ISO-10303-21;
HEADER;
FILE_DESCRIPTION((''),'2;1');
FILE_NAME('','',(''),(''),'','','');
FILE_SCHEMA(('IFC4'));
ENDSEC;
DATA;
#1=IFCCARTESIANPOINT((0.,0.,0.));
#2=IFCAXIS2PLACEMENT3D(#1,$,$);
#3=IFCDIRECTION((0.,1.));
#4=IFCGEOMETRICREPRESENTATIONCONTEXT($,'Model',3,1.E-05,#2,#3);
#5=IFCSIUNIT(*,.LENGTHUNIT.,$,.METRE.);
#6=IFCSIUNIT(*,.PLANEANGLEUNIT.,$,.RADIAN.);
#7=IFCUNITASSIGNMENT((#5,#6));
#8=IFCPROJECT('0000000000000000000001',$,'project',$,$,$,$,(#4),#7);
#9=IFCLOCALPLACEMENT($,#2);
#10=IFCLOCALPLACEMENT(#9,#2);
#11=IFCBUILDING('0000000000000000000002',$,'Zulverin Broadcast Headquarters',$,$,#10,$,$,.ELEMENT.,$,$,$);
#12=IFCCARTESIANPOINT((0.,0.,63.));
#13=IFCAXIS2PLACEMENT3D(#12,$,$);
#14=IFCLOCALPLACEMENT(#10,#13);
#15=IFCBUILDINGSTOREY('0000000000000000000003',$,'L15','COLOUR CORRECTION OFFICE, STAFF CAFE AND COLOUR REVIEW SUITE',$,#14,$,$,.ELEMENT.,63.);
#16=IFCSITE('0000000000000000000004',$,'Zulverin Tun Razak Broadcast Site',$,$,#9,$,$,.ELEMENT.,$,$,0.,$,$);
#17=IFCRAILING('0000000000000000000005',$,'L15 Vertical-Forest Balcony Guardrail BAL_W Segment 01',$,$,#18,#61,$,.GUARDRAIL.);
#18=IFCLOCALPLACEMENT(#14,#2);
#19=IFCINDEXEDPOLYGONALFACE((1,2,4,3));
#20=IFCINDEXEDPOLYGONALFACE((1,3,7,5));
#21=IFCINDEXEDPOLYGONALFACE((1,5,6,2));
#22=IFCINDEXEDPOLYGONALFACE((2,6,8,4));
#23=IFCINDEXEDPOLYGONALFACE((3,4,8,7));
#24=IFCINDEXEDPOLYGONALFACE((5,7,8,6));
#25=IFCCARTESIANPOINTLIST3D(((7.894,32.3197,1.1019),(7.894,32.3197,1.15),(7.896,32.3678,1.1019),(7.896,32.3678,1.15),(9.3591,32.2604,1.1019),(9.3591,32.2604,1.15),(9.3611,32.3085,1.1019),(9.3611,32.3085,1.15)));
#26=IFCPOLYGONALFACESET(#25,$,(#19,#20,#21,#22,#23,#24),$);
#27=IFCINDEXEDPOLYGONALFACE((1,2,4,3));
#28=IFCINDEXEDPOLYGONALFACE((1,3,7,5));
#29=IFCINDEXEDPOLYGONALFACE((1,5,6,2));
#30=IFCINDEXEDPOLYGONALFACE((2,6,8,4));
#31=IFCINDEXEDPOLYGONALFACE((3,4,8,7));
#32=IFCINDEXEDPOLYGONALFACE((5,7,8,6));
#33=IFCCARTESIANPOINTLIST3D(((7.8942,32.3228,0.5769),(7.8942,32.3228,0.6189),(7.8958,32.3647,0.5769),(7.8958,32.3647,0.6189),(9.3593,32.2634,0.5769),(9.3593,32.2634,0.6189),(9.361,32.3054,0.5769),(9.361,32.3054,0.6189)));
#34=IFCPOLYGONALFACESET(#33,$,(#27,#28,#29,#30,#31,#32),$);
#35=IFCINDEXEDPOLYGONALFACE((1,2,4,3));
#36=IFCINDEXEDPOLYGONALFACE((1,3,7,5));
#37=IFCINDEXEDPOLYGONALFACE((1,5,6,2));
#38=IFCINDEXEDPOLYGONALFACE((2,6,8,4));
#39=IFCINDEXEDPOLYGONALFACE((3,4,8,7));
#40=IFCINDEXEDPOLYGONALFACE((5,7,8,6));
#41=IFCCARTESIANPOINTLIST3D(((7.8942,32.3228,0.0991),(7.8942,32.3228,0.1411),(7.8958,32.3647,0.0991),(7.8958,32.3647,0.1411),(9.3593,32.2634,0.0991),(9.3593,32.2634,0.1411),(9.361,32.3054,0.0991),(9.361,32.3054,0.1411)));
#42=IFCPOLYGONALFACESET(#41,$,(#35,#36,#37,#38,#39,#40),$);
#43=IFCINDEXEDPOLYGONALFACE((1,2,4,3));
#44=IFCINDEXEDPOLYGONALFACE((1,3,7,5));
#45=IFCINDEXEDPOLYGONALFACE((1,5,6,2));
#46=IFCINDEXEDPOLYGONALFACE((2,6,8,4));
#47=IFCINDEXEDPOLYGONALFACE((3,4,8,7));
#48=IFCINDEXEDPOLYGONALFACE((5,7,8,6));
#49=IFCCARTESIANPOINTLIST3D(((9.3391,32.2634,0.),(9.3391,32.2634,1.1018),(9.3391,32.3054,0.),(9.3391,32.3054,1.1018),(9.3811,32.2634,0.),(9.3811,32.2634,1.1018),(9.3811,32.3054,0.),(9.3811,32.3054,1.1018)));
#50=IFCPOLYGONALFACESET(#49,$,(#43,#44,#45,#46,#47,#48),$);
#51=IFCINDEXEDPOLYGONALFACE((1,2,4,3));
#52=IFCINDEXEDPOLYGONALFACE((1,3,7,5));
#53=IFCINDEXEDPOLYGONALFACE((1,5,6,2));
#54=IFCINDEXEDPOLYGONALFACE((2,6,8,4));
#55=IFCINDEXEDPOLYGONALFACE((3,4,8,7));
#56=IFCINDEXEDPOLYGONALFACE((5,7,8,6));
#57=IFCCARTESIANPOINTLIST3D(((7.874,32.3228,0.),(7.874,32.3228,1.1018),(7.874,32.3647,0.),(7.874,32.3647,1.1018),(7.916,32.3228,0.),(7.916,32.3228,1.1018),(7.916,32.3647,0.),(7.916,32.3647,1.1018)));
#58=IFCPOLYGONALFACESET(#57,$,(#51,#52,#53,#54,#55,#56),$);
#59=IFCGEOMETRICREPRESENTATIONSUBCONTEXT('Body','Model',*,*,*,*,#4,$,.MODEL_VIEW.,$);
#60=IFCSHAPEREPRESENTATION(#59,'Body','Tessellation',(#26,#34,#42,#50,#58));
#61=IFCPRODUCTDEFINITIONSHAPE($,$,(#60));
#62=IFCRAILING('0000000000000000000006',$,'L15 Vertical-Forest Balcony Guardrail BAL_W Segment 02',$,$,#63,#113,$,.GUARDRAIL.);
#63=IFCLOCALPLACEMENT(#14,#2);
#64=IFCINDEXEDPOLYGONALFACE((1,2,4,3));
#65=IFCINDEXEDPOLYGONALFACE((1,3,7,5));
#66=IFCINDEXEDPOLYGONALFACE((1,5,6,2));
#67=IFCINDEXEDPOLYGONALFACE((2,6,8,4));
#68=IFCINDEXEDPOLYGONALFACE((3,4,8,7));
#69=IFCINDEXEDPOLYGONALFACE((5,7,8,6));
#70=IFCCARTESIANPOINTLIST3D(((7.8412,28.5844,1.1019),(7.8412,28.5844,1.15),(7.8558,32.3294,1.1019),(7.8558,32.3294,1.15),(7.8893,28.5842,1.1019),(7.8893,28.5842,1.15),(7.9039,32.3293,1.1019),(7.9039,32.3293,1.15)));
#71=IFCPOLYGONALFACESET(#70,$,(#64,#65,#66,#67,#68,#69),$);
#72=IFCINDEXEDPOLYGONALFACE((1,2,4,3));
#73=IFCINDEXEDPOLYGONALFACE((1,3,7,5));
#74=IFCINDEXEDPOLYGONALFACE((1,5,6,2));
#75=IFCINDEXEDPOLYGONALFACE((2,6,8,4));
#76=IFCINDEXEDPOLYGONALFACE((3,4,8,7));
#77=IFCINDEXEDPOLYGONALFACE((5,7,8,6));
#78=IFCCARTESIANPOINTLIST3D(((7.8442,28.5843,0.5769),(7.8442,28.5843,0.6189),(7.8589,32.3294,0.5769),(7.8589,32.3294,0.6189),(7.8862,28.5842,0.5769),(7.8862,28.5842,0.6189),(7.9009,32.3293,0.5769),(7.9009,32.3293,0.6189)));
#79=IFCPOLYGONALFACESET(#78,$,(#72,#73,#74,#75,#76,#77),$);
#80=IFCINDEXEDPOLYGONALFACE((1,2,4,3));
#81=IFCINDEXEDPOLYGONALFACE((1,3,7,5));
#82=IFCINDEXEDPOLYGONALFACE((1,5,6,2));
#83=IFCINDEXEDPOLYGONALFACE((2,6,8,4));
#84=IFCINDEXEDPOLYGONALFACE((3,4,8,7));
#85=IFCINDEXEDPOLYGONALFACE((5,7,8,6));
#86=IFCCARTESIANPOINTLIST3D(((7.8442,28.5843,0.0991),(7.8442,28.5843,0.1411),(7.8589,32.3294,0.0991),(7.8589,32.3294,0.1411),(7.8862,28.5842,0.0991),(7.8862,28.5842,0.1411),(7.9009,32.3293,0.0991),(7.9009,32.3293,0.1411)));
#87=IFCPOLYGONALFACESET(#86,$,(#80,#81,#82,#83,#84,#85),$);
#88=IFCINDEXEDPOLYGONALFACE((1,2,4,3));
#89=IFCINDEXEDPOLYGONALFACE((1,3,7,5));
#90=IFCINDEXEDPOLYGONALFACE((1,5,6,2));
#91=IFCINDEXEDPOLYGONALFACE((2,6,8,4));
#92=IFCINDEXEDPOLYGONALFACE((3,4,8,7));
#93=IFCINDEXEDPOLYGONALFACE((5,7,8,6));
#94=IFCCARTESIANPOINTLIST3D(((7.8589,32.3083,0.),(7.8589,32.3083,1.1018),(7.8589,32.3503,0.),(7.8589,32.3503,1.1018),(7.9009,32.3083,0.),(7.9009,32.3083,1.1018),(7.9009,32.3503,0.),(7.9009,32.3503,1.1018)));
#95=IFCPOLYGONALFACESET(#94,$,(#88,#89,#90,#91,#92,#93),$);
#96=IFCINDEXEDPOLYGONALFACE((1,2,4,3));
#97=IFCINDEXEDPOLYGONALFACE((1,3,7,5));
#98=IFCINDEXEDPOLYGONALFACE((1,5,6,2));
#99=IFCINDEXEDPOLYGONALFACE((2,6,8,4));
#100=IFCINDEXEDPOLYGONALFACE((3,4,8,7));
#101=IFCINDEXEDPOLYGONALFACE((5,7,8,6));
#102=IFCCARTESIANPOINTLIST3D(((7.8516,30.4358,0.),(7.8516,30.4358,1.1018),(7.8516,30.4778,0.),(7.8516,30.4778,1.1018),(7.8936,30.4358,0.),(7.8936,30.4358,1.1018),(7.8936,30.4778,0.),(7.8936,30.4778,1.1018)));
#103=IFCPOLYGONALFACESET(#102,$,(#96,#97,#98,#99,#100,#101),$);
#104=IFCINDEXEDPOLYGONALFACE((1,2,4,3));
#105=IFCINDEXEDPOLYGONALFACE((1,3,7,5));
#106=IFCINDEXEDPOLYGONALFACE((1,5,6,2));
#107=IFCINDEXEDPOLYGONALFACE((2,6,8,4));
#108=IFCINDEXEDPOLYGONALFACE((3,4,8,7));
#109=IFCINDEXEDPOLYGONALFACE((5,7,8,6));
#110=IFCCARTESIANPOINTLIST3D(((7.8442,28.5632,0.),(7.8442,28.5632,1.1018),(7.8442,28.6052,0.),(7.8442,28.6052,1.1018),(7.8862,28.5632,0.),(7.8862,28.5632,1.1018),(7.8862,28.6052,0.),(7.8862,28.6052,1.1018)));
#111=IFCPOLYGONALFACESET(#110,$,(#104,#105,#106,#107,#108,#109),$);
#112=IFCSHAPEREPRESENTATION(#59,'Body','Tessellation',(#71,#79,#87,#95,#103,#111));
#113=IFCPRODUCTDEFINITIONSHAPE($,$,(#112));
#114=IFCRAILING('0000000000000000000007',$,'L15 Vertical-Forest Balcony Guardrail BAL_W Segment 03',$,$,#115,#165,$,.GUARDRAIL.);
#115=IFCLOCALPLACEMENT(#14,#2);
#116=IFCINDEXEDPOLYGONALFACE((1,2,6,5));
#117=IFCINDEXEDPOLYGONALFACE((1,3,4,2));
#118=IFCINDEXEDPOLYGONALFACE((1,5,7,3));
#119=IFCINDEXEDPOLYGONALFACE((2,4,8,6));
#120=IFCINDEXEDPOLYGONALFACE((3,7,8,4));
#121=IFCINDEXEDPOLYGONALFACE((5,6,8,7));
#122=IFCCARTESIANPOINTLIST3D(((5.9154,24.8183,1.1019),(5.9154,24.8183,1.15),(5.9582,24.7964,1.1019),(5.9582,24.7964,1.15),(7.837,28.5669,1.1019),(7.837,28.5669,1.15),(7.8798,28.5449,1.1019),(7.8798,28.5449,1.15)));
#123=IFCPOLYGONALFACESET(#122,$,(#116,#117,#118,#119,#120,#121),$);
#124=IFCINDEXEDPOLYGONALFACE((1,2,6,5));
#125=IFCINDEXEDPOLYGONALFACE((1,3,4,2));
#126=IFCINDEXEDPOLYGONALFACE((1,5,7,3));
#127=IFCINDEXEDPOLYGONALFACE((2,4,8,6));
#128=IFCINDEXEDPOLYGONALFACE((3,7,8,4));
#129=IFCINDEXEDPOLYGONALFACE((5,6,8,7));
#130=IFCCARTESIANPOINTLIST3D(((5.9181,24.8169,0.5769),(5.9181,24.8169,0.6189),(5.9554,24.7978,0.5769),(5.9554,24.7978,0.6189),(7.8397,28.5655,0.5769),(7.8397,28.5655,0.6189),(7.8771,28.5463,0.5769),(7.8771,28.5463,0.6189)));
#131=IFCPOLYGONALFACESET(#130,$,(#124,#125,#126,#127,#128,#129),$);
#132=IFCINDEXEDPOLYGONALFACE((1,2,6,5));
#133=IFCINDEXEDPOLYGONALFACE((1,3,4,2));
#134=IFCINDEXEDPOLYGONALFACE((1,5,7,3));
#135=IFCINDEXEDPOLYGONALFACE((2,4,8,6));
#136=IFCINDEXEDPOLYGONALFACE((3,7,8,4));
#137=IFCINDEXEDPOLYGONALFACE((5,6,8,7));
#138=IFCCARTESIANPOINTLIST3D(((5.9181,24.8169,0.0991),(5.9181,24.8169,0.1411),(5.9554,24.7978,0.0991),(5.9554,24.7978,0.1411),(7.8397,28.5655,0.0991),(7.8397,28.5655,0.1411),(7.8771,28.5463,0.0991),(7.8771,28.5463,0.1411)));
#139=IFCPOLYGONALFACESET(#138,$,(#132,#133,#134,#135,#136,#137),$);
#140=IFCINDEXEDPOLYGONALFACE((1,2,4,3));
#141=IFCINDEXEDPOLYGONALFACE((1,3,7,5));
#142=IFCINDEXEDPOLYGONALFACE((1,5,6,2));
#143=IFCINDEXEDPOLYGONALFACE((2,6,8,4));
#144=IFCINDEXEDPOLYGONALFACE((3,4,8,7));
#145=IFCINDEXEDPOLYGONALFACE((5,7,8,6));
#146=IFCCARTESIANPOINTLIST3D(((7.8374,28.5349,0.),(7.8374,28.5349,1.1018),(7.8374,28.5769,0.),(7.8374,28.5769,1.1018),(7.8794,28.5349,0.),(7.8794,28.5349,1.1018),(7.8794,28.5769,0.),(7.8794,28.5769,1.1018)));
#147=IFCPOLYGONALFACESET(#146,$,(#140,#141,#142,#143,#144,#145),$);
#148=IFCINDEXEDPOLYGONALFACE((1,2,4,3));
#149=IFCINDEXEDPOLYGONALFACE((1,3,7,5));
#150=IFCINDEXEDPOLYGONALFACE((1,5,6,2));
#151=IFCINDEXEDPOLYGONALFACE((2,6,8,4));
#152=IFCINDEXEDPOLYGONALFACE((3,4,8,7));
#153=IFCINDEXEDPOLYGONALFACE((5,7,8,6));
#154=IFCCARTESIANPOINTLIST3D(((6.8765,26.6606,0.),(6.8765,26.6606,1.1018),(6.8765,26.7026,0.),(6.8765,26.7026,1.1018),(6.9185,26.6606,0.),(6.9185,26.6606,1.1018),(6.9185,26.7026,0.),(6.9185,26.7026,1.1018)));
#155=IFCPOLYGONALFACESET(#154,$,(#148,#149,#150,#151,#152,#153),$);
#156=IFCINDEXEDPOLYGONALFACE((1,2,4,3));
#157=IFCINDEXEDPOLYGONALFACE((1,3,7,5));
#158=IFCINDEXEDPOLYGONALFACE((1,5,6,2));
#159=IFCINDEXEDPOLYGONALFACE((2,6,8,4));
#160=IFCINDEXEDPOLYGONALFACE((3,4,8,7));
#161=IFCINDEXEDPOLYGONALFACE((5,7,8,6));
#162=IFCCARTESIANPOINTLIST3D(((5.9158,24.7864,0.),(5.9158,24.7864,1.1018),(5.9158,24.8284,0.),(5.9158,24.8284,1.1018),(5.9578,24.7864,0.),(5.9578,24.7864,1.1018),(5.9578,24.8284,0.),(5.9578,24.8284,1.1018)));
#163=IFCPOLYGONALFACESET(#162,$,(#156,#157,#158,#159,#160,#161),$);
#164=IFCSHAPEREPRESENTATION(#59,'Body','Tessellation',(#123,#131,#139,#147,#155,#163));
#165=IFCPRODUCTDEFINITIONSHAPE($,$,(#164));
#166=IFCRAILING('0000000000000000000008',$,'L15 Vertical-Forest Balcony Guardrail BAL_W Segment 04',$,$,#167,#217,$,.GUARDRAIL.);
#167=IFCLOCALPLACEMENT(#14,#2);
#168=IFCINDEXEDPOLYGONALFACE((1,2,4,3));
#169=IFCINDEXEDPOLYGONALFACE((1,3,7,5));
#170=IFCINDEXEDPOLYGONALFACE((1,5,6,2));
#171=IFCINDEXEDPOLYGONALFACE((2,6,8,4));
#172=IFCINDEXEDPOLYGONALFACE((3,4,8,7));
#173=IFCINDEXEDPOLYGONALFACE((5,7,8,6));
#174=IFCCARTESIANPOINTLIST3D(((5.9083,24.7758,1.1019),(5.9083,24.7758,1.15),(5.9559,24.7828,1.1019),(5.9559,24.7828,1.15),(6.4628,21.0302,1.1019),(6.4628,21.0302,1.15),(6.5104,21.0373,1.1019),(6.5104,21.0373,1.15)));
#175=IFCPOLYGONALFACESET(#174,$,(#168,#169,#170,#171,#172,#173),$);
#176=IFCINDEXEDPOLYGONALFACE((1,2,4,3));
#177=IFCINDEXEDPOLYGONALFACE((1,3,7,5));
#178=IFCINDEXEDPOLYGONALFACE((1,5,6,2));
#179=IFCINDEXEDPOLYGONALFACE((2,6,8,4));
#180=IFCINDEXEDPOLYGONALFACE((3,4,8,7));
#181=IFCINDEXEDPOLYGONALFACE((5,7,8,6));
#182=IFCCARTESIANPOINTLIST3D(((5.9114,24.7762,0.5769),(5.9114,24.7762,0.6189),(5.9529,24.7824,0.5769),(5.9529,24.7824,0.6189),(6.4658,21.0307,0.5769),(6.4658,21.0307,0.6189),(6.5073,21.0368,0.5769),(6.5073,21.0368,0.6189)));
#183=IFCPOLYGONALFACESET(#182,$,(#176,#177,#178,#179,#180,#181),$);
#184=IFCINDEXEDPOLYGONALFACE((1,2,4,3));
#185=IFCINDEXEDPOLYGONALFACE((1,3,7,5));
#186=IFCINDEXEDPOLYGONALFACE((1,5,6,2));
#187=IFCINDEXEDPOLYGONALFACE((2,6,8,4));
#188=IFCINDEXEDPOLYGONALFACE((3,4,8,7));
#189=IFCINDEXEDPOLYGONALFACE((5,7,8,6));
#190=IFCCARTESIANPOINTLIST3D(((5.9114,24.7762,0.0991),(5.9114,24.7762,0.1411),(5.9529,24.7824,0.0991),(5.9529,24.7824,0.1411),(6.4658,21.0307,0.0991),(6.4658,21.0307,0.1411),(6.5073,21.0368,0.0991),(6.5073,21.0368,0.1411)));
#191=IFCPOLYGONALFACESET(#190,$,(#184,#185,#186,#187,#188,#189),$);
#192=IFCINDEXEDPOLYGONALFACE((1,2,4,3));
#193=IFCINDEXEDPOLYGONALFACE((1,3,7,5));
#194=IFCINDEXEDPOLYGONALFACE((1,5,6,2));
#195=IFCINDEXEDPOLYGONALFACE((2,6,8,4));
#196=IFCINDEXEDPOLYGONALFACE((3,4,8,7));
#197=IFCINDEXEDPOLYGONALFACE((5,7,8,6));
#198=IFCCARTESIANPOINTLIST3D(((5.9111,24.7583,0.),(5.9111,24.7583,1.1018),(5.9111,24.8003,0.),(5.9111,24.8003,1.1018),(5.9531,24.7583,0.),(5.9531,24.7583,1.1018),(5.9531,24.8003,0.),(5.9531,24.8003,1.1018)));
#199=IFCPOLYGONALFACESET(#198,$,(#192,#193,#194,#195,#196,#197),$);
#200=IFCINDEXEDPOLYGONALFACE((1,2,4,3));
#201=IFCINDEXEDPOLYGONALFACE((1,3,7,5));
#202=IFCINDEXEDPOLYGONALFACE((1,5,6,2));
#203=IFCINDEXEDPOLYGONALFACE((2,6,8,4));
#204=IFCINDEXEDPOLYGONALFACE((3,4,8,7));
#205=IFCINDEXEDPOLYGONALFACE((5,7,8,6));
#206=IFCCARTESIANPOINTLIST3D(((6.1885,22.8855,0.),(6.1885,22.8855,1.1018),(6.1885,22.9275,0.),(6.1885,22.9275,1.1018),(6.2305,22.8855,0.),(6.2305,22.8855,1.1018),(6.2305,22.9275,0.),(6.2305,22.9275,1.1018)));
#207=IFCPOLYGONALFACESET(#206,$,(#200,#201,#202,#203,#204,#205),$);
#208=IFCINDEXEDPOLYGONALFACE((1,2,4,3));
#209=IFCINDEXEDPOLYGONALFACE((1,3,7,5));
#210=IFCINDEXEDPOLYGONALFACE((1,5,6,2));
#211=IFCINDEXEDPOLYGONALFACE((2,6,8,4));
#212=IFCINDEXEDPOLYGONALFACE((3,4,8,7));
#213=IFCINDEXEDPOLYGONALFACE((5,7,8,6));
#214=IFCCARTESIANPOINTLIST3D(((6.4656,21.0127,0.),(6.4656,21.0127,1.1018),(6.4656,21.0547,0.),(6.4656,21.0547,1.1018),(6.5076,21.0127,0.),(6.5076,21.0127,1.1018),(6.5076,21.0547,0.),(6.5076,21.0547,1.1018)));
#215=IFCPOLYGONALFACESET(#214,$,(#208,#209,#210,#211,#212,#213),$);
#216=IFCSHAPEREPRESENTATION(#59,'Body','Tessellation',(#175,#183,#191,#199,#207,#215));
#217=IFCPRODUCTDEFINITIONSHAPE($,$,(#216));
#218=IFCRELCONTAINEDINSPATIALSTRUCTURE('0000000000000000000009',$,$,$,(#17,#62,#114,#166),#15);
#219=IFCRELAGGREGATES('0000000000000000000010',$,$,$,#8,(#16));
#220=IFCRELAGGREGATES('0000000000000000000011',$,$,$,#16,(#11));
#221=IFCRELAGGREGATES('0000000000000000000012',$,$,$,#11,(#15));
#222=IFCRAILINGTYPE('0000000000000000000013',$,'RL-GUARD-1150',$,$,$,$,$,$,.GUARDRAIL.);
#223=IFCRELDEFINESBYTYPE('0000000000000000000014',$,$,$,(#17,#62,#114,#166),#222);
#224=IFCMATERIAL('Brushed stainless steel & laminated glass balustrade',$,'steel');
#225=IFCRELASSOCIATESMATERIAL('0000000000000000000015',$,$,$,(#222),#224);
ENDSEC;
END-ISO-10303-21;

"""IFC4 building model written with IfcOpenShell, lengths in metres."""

from ifc_helpers import new_model, si_unit, direction, frame, origin, origin_2d, place, context, subcontext, project, spatial, rectangle, extrude, material, type_object, element, save


model = new_model("IFC4")

# Units and contexts
model_context = context("Model", 3, precision=1e-05, world=origin(), true_north=direction((0.0, 1.0)))
body_context = subcontext(model_context, "Body", "Model", "MODEL_VIEW")
ifc_project = project(units=[si_unit("LENGTHUNIT", "METRE"), si_unit("PLANEANGLEUNIT", "RADIAN")], contexts=[model_context])

# Site, building, storey
site_placement = place(None, origin())
site = spatial("IfcSite", under=ifc_project, at=site_placement, Name="Zulverin Tun Razak Broadcast Site", CompositionType="ELEMENT", RefElevation=0.0)
building_placement = place(site_placement, origin())
building = spatial("IfcBuilding", under=site, at=building_placement, Name="Zulverin Broadcast Headquarters", CompositionType="ELEMENT")
storey_placement = place(building_placement, frame((0.0, 0.0, 63.0)))
storey = spatial("IfcBuildingStorey", under=building, at=storey_placement, Name="L15", Description="COLOUR CORRECTION OFFICE, STAFF CAFE AND COLOUR REVIEW SUITE", CompositionType="ELEMENT", Elevation=63.0)

# Railings
ifc_material_1 = material(Name="Brushed stainless steel & laminated glass balustrade", Category="steel")
railing_type = type_object("IfcRailingType", Name="RL-GUARD-1150", PredefinedType="GUARDRAIL", material=ifc_material_1)
railing_1_placement = place(storey_placement, frame((9.3601, 32.2844, 0.0)))
element("IfcRailing", 1, at=railing_1_placement, inside=storey, type_object=railing_type, Name="L15 Vertical-Forest Balcony Guardrail BAL_W Segment 01", PredefinedType="GUARDRAIL", context=body_context, shape_type="SweptSolid", body=[
    extrude(rectangle(XDim=0.0481, YDim=0.0481, at=origin_2d()), frame((0.0, 0.0, 1.126), z_axis=(-0.999181, 0.04046, 0.0), x_axis=(-0.04046, -0.999181, 0.0)), (0.0, 0.0, 1.0), 1.4663),
    extrude(rectangle(XDim=0.042, YDim=0.042, at=origin_2d()), frame((0.0, 0.0, 0.5979), z_axis=(-0.999181, 0.04046, 0.0), x_axis=(-0.04046, -0.999181, 0.0)), (0.0, 0.0, 1.0), 1.4663),
    extrude(rectangle(XDim=0.042, YDim=0.042, at=origin_2d()), frame((0.0, 0.0, 0.1201), z_axis=(-0.999181, 0.04046, 0.0), x_axis=(-0.04046, -0.999181, 0.0)), (0.0, 0.0, 1.0), 1.4663),
    extrude(rectangle(XDim=0.042, YDim=0.042, at=origin_2d()), origin(), (0.0, 0.0, 1.0), 1.1018),
    extrude(rectangle(XDim=0.042, YDim=0.042, at=origin_2d()), frame((-1.4651, 0.0593, 0.0)), (0.0, 0.0, 1.0), 1.1018),
])
railing_2_placement = place(storey_placement, frame((7.8799, 32.3293, 0.0)))
element("IfcRailing", 2, at=railing_2_placement, inside=storey, type_object=railing_type, Name="L15 Vertical-Forest Balcony Guardrail BAL_W Segment 02", PredefinedType="GUARDRAIL", context=body_context, shape_type="SweptSolid", body=[
    extrude(rectangle(XDim=0.0481, YDim=0.0481, at=origin_2d()), frame((0.0, 0.0, 1.126), z_axis=(-0.003911, -0.999992, 0.0), x_axis=(0.999992, -0.003911, 0.0)), (0.0, 0.0, 1.0), 3.7451),
    extrude(rectangle(XDim=0.042, YDim=0.042, at=origin_2d()), frame((0.0, 0.0, 0.5979), z_axis=(-0.003911, -0.999992, 0.0), x_axis=(0.999992, -0.003911, 0.0)), (0.0, 0.0, 1.0), 3.7451),
    extrude(rectangle(XDim=0.042, YDim=0.042, at=origin_2d()), frame((0.0, 0.0, 0.1201), z_axis=(-0.003911, -0.999992, 0.0), x_axis=(0.999992, -0.003911, 0.0)), (0.0, 0.0, 1.0), 3.7451),
    extrude(rectangle(XDim=0.042, YDim=0.042, at=origin_2d()), origin(), (0.0, 0.0, 1.0), 1.1018),
    extrude(rectangle(XDim=0.042, YDim=0.042, at=origin_2d()), frame((-0.0073, -1.8726, 0.0)), (0.0, 0.0, 1.0), 1.1018),
    extrude(rectangle(XDim=0.042, YDim=0.042, at=origin_2d()), frame((-0.0146, -3.7451, 0.0)), (0.0, 0.0, 1.0), 1.1018),
])
railing_3_placement = place(storey_placement, frame((7.8584, 28.5559, 0.0)))
element("IfcRailing", 3, at=railing_3_placement, inside=storey, type_object=railing_type, Name="L15 Vertical-Forest Balcony Guardrail BAL_W Segment 03", PredefinedType="GUARDRAIL", context=body_context, shape_type="SweptSolid", body=[
    extrude(rectangle(XDim=0.0481, YDim=0.0481, at=origin_2d()), frame((0.0, 0.0, 1.126), z_axis=(-0.456186, -0.889884, 0.0), x_axis=(0.889884, -0.456186, 0.0)), (0.0, 0.0, 1.0), 4.2124),
    extrude(rectangle(XDim=0.042, YDim=0.042, at=origin_2d()), frame((0.0, 0.0, 0.5979), z_axis=(-0.456186, -0.889884, 0.0), x_axis=(0.889884, -0.456186, 0.0)), (0.0, 0.0, 1.0), 4.2124),
    extrude(rectangle(XDim=0.042, YDim=0.042, at=origin_2d()), frame((0.0, 0.0, 0.1201), z_axis=(-0.456186, -0.889884, 0.0), x_axis=(0.889884, -0.456186, 0.0)), (0.0, 0.0, 1.0), 4.2124),
    extrude(rectangle(XDim=0.042, YDim=0.042, at=origin_2d()), origin(), (0.0, 0.0, 1.0), 1.1018),
    extrude(rectangle(XDim=0.042, YDim=0.042, at=origin_2d()), frame((-0.9609, -1.8743, 0.0)), (0.0, 0.0, 1.0), 1.1018),
    extrude(rectangle(XDim=0.042, YDim=0.042, at=origin_2d()), frame((-1.9216, -3.7485, 0.0)), (0.0, 0.0, 1.0), 1.1018),
])
railing_4_placement = place(storey_placement, frame((5.9321, 24.7793, 0.0)))
element("IfcRailing", 4, at=railing_4_placement, inside=storey, type_object=railing_type, Name="L15 Vertical-Forest Balcony Guardrail BAL_W Segment 04", PredefinedType="GUARDRAIL", context=body_context, shape_type="SweptSolid", body=[
    extrude(rectangle(XDim=0.0481, YDim=0.0481, at=origin_2d()), frame((0.0, 0.0, 1.126), z_axis=(0.146429, -0.989221, 0.0), x_axis=(0.989221, 0.146429, 0.0)), (0.0, 0.0, 1.0), 3.7864),
    extrude(rectangle(XDim=0.042, YDim=0.042, at=origin_2d()), frame((0.0, 0.0, 0.5979), z_axis=(0.146429, -0.989221, 0.0), x_axis=(0.989221, 0.146429, 0.0)), (0.0, 0.0, 1.0), 3.7864),
    extrude(rectangle(XDim=0.042, YDim=0.042, at=origin_2d()), frame((0.0, 0.0, 0.1201), z_axis=(0.146429, -0.989221, 0.0), x_axis=(0.989221, 0.146429, 0.0)), (0.0, 0.0, 1.0), 3.7864),
    extrude(rectangle(XDim=0.042, YDim=0.042, at=origin_2d()), origin(), (0.0, 0.0, 1.0), 1.1018),
    extrude(rectangle(XDim=0.042, YDim=0.042, at=origin_2d()), frame((0.2773, -1.8728, 0.0)), (0.0, 0.0, 1.0), 1.1018),
    extrude(rectangle(XDim=0.042, YDim=0.042, at=origin_2d()), frame((0.5544, -3.7456, 0.0)), (0.0, 0.0, 1.0), 1.1018),
])

save(model, "model.ifc")
